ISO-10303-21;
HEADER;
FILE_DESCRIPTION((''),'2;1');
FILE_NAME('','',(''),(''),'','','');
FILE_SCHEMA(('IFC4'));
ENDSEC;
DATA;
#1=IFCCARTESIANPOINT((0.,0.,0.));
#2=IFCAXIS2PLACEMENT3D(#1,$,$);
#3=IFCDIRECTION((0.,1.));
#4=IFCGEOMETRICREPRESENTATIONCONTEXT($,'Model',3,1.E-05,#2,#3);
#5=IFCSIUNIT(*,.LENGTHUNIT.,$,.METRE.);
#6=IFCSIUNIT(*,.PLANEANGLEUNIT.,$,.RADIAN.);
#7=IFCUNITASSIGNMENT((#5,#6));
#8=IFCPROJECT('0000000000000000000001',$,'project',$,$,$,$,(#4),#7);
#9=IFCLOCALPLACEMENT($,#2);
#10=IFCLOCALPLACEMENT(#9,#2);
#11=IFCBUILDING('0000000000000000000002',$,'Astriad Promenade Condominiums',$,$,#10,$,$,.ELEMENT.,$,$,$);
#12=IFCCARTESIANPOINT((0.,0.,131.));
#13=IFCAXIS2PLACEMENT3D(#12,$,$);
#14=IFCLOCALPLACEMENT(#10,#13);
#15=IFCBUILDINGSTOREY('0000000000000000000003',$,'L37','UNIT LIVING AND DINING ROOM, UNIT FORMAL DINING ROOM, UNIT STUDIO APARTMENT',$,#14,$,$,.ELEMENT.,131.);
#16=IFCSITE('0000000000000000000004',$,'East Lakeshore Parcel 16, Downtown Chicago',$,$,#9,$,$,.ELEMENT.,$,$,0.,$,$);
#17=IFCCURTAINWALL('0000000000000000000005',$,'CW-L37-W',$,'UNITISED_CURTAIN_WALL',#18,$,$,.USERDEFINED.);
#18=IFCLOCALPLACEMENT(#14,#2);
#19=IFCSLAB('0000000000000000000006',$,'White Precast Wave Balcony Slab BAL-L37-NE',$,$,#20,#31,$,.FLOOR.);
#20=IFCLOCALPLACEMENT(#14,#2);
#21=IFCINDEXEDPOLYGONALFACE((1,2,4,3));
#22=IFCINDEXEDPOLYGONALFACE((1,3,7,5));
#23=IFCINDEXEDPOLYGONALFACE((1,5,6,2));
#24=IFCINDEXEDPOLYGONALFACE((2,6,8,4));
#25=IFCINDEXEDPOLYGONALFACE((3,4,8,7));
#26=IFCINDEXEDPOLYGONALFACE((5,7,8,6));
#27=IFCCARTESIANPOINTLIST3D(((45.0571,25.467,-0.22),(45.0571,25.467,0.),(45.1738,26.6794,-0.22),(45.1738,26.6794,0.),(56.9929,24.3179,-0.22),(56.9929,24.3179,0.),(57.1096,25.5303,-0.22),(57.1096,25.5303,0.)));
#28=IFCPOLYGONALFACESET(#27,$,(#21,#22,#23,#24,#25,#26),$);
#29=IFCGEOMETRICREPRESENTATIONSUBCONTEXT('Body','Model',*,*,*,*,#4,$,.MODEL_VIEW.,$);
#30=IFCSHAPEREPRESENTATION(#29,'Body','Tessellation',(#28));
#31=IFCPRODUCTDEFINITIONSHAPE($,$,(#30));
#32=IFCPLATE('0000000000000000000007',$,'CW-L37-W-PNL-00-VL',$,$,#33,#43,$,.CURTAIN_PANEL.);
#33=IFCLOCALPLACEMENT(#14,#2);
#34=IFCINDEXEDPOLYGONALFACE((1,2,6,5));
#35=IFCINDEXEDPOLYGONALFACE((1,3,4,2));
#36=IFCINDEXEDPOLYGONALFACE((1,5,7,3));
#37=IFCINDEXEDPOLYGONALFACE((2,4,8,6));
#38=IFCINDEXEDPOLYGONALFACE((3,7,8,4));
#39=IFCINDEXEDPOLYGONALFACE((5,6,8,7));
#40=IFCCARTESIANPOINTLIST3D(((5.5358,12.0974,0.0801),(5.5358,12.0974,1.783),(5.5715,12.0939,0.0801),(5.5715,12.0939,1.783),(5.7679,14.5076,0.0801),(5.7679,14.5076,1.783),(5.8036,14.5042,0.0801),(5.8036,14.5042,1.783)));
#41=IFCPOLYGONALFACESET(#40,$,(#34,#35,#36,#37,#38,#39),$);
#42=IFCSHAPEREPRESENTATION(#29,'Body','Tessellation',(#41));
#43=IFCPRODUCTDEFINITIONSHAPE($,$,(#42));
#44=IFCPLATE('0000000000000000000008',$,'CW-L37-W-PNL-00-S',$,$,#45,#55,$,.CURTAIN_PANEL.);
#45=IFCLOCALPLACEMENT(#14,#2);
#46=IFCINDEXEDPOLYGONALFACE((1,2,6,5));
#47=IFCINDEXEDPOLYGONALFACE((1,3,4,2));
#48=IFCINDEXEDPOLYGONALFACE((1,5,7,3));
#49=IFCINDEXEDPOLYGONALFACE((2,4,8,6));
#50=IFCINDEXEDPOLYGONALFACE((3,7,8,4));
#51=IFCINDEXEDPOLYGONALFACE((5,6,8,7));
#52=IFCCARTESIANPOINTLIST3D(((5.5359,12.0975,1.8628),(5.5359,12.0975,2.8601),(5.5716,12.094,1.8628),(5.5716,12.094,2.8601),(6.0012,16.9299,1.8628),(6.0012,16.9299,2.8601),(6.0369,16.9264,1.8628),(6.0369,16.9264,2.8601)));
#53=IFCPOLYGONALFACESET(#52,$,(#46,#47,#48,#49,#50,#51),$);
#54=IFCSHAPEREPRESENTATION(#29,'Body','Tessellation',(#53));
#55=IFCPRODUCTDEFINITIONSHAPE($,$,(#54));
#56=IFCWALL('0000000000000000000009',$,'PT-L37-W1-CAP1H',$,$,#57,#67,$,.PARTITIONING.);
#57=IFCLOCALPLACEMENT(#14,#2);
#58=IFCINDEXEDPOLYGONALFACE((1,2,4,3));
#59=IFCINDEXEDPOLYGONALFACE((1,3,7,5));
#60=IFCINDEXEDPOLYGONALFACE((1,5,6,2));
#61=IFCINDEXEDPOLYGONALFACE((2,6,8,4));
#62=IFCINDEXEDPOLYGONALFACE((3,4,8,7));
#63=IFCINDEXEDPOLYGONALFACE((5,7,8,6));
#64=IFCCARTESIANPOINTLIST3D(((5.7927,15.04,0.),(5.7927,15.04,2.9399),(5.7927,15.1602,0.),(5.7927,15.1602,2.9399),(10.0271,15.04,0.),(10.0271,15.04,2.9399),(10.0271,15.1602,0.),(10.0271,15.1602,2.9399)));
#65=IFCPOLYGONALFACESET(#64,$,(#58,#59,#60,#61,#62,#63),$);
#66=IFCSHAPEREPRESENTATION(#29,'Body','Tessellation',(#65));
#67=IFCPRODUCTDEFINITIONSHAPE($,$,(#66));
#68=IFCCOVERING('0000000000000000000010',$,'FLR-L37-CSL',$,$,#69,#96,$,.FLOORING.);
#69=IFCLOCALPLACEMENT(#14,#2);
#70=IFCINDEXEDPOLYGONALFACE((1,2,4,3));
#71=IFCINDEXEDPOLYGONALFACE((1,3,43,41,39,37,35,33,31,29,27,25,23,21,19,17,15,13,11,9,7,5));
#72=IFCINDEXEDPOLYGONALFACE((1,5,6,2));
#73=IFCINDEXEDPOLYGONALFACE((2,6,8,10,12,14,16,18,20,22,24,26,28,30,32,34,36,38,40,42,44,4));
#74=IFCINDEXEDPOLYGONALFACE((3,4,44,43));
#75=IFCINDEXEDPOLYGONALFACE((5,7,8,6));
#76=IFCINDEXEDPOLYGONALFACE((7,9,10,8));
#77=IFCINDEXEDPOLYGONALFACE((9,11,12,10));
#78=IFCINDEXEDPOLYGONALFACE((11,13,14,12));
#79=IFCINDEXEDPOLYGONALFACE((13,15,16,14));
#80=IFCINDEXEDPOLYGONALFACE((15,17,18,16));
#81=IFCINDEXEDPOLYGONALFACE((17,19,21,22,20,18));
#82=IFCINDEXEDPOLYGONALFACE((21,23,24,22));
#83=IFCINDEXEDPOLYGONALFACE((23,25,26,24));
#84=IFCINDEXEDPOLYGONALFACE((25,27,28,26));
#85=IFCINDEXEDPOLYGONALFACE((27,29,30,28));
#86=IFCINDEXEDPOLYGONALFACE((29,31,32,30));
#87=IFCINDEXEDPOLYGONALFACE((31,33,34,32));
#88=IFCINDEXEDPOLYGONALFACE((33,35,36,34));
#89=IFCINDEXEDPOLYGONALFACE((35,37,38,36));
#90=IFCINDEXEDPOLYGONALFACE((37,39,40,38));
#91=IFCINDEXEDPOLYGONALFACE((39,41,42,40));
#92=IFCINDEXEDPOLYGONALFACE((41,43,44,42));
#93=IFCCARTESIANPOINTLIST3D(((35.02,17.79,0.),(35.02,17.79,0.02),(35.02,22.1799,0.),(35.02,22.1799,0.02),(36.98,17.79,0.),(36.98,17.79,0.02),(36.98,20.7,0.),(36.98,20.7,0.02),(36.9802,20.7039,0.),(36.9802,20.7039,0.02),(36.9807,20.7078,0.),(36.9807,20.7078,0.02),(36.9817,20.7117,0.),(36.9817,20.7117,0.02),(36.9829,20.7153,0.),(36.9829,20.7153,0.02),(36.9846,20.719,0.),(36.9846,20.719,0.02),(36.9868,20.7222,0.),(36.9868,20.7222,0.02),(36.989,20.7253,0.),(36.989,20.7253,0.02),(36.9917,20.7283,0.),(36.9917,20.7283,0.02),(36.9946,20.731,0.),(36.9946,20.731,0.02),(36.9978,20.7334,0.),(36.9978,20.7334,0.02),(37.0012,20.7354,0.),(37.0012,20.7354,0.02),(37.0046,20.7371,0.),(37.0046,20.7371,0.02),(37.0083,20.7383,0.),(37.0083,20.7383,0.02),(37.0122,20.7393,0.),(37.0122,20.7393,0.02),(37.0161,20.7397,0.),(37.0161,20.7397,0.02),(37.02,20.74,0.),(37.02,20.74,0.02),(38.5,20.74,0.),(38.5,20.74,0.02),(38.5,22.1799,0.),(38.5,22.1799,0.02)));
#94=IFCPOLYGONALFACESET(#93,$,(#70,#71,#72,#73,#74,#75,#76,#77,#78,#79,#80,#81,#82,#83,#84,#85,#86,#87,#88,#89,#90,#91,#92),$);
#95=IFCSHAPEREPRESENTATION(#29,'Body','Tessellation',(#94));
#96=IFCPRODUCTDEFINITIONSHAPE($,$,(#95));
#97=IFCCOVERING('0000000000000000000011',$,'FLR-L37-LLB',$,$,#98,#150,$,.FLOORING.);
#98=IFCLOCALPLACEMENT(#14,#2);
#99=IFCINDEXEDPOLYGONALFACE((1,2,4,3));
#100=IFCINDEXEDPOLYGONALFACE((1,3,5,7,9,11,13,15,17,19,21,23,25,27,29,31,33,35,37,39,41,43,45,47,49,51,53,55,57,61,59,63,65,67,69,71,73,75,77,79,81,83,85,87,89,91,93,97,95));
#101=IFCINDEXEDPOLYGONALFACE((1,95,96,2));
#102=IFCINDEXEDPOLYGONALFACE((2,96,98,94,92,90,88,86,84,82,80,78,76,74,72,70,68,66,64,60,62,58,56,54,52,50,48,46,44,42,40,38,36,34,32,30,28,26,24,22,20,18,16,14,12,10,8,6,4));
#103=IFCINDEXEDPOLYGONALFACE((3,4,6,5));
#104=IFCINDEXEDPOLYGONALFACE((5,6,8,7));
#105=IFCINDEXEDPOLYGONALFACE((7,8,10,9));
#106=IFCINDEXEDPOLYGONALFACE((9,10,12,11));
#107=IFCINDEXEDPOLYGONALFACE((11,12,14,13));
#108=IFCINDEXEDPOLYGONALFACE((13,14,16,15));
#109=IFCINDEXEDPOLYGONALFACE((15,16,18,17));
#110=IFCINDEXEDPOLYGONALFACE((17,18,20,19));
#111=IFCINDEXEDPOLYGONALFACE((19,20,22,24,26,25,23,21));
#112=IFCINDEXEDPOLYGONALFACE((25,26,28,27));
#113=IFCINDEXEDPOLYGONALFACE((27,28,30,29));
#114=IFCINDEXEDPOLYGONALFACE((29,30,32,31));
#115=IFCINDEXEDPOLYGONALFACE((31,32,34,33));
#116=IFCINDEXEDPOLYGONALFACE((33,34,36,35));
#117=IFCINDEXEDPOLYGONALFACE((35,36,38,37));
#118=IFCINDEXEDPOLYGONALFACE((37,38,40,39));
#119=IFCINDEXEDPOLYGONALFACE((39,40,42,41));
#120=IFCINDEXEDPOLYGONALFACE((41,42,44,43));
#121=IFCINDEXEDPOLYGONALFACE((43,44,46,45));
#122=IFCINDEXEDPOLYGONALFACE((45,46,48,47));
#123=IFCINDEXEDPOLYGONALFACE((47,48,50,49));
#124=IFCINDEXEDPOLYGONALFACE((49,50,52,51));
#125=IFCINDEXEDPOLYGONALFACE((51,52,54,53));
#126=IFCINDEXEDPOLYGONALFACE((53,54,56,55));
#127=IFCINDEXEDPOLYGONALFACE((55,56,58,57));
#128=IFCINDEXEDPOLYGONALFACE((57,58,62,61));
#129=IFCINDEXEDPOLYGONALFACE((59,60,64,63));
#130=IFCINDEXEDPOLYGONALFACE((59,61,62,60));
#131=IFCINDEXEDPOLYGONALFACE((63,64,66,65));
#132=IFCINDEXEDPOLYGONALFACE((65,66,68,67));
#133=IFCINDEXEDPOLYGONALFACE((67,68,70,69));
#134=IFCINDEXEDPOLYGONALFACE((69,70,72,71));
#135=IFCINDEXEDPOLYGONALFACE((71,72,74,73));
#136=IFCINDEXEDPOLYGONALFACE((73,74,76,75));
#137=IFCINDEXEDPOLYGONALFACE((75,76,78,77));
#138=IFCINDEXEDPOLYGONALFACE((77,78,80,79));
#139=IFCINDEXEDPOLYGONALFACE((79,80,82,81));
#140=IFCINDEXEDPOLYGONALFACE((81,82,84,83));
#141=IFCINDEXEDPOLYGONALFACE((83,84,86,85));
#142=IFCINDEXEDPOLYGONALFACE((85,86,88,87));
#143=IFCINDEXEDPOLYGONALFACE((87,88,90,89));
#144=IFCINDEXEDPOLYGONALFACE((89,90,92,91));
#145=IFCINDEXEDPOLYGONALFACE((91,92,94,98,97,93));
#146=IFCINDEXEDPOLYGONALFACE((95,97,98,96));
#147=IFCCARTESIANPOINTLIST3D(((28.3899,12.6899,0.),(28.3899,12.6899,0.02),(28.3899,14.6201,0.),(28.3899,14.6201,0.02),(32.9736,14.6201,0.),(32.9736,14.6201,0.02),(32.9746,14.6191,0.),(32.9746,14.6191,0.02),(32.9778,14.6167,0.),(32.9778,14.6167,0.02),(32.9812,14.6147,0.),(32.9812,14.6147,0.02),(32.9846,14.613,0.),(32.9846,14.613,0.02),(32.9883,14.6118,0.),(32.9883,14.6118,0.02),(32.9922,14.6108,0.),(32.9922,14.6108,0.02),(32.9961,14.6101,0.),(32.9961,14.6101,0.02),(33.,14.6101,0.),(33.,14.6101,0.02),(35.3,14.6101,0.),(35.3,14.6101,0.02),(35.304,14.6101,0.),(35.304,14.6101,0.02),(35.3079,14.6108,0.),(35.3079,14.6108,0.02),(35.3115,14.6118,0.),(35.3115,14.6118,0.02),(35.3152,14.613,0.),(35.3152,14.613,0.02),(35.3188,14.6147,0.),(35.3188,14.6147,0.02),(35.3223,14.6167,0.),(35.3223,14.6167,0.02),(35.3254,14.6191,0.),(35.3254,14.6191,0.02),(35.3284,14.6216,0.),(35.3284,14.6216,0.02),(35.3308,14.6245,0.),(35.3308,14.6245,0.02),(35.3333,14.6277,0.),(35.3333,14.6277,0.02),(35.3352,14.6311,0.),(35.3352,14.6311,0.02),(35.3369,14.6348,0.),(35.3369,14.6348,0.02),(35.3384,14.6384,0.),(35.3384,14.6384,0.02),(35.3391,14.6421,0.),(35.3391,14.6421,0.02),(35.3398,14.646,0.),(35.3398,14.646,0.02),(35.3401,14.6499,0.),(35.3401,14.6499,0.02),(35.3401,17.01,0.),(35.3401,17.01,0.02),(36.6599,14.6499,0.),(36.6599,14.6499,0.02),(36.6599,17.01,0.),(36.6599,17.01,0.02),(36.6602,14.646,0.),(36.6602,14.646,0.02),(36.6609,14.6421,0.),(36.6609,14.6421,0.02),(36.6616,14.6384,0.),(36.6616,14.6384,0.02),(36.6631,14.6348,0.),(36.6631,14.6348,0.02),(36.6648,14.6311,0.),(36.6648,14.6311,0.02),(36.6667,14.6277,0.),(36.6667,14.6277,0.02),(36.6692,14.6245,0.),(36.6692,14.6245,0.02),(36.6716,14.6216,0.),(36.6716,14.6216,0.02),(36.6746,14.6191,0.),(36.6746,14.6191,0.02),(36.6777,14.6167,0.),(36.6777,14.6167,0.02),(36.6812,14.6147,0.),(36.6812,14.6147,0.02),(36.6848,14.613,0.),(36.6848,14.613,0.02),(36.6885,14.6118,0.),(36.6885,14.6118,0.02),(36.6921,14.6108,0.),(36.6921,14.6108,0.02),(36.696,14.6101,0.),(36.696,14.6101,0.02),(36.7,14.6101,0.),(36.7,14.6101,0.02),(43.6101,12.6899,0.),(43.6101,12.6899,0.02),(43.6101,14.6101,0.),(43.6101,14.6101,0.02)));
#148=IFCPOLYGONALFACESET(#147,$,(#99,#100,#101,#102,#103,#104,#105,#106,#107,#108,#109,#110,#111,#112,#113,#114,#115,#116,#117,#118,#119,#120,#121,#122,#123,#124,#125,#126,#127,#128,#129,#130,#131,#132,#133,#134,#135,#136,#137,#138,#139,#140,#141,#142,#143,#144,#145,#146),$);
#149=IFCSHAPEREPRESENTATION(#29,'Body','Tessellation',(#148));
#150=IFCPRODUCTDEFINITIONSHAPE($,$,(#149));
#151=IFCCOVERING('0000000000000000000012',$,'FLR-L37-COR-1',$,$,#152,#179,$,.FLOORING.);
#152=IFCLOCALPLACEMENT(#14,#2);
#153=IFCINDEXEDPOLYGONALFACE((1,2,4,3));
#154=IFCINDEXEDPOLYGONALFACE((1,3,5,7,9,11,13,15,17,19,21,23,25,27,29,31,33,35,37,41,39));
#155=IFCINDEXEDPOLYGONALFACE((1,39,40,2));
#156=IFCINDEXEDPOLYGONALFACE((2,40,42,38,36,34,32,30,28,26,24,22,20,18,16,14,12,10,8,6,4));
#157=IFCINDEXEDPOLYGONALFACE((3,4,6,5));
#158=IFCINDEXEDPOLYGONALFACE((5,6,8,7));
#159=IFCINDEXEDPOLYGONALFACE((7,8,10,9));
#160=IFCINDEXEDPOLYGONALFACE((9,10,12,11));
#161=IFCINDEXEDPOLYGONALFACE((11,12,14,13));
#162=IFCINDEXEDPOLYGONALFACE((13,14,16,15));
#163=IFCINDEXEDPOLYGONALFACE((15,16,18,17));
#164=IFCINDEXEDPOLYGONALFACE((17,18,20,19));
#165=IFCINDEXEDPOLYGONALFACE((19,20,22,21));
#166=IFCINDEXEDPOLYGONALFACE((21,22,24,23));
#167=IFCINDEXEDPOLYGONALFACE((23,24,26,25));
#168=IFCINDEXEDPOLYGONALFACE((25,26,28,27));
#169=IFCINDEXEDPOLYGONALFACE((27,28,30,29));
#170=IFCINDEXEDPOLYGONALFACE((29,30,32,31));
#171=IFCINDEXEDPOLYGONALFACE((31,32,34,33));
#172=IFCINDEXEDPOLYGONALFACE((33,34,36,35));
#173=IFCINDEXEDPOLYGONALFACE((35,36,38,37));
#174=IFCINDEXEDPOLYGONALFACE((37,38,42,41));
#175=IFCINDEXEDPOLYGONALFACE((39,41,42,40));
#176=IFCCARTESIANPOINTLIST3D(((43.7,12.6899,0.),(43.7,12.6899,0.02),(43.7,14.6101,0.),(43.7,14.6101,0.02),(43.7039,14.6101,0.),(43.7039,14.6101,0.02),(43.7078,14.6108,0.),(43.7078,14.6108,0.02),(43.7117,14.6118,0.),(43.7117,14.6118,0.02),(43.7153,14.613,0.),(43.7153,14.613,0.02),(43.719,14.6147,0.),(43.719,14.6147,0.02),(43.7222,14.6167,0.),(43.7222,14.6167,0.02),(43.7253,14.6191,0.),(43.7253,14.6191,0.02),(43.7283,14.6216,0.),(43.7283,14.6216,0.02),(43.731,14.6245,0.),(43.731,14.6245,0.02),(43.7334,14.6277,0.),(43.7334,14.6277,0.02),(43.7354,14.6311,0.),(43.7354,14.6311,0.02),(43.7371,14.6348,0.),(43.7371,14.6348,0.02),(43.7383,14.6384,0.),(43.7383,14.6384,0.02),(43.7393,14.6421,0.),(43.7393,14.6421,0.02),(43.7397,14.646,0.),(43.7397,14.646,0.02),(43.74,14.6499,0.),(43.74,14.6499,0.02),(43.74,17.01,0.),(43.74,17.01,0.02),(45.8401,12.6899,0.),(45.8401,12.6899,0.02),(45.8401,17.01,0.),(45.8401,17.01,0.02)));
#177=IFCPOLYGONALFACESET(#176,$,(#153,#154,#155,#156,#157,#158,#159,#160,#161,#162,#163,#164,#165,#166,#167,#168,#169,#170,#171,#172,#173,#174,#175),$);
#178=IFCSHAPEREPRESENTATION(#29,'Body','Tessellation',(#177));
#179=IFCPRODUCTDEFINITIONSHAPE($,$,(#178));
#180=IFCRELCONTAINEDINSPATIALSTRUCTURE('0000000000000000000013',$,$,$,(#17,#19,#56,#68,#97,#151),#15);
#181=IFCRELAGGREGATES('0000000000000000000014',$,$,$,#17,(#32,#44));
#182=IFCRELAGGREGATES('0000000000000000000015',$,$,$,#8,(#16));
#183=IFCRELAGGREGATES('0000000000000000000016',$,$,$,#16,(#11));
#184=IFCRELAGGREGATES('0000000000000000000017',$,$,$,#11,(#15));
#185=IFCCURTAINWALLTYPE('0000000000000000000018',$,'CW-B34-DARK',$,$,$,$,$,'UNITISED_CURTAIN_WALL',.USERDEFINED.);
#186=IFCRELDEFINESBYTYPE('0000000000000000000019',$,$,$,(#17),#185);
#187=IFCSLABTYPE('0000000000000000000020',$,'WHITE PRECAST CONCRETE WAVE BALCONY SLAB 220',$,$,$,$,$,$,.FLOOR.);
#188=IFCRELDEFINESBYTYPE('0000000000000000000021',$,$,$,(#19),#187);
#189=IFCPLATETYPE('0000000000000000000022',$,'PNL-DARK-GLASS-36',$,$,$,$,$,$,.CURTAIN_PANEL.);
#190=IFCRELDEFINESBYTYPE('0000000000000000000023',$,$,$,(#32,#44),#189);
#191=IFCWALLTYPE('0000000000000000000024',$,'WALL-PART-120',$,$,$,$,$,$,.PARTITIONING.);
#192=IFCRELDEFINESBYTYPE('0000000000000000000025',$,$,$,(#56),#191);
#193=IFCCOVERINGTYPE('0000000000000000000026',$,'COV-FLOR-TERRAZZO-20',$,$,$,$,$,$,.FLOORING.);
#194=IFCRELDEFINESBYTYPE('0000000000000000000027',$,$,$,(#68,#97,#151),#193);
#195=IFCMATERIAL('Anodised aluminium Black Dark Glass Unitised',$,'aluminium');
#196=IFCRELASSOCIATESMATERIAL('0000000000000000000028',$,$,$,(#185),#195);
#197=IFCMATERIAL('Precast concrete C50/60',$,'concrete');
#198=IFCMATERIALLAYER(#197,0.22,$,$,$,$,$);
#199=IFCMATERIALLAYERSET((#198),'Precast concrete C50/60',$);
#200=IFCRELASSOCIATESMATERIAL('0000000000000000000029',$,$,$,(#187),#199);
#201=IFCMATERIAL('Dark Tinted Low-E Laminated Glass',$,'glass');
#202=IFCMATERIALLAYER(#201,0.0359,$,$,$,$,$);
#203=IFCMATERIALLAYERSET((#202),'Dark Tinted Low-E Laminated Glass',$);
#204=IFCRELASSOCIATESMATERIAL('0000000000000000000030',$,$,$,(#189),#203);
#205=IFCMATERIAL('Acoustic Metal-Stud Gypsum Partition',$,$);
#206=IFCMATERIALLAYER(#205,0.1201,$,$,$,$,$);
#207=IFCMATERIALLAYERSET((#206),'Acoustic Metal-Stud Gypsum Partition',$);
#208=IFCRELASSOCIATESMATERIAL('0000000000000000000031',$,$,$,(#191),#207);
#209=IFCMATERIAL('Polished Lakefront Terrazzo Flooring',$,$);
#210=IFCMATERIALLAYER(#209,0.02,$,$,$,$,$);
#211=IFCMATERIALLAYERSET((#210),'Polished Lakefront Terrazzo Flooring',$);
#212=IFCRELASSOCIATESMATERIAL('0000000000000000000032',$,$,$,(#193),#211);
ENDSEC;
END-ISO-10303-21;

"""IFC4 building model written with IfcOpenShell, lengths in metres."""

from ifc_helpers import new_model, si_unit, direction, frame, frame_2d, origin, origin_2d, place, context, subcontext, project, spatial, polyline, rectangle, outline, extrude, source, transform, mapped, material, layer, layer_set, type_object, type_shapes, element, aggregate, save


model = new_model("IFC4")

# Units and contexts
model_context = context("Model", 3, precision=1e-05, world=origin(), true_north=direction((0.0, 1.0)))
body_context = subcontext(model_context, "Body", "Model", "MODEL_VIEW")
ifc_project = project(units=[si_unit("LENGTHUNIT", "METRE"), si_unit("PLANEANGLEUNIT", "RADIAN")], contexts=[model_context])

# Site, building, storey
site_placement = place(None, origin())
site = spatial("IfcSite", under=ifc_project, at=site_placement, Name="East Lakeshore Parcel 16, Downtown Chicago", CompositionType="ELEMENT", RefElevation=0.0)
building_placement = place(site_placement, origin())
building = spatial("IfcBuilding", under=site, at=building_placement, Name="Astriad Promenade Condominiums", CompositionType="ELEMENT")
storey_placement = place(building_placement, frame((0.0, 0.0, 131.0)))
storey = spatial("IfcBuildingStorey", under=building, at=storey_placement, Name="L37", Description="UNIT LIVING AND DINING ROOM, UNIT FORMAL DINING ROOM, UNIT STUDIO APARTMENT", CompositionType="ELEMENT", Elevation=131.0)

# Curtain wall
ifc_material_1 = material(Name="Anodised aluminium Black Dark Glass Unitised", Category="aluminium")
curtain_wall_type = type_object("IfcCurtainWallType", Name="CW-B34-DARK", ElementType="UNITISED_CURTAIN_WALL", PredefinedType="USERDEFINED", material=ifc_material_1)
curtain_wall_placement = place(storey_placement, origin())
curtain_wall = element("IfcCurtainWall", 1, at=curtain_wall_placement, inside=storey, type_object=curtain_wall_type, Name="CW-L37-W", ObjectType="UNITISED_CURTAIN_WALL", PredefinedType="USERDEFINED")

# Slab
ifc_material_2 = material(Name="Precast concrete C50/60", Category="concrete")
ifc_layer_1 = layer(ifc_material_2, 0.22)
ifc_layer_set_1 = layer_set([ifc_layer_1], Name="Precast concrete C50/60")
slab_type_1 = type_object("IfcSlabType", Name="WHITE PRECAST CONCRETE WAVE BALCONY SLAB 220", PredefinedType="FLOOR", material=ifc_layer_set_1)
slab_1_placement = place(storey_placement, frame((0.0, 0.0, -0.22)))
element("IfcSlab", 2, at=slab_1_placement, inside=storey, type_object=slab_type_1, Name="White Precast Wave Balcony Slab BAL-L37-NE", PredefinedType="FLOOR", context=body_context, shape_type="SweptSolid", body=[
    extrude(outline(polyline([(45.1738, 26.6794), (57.1096, 25.5303), (56.9929, 24.3179), (45.0571, 25.467), (45.1738, 26.6794)])), origin(), (0.0, 0.0, 1.0), 0.22),
])

# Plates
ifc_material_3 = material(Name="Dark Tinted Low-E Laminated Glass", Category="glass")
ifc_layer_2 = layer(ifc_material_3, 0.0359)
ifc_layer_set_2 = layer_set([ifc_layer_2], Name="Dark Tinted Low-E Laminated Glass")
plate_type = type_object("IfcPlateType", Name="PNL-DARK-GLASS-36", PredefinedType="CURTAIN_PANEL", material=ifc_layer_set_2)
shared_shape_1 = source(origin(), body_context, "Body", "SweptSolid", [
    extrude(rectangle(XDim=2.4214, YDim=0.0359, at=origin_2d()), origin(), (0.0, 0.0, 1.0), 1.7029),
])
plate_1_placement = place(storey_placement, frame((5.6697, 13.3008, 0.0801), z_axis=(0.0, 0.0, 1.0), x_axis=(0.095846, 0.995396, 0.0)))
plate_1 = element("IfcPlate", 3, at=plate_1_placement, type_object=plate_type, Name="CW-L37-W-PNL-00-VL", PredefinedType="CURTAIN_PANEL", context=body_context, shape_type="MappedRepresentation", body=[
    mapped(shared_shape_1, transform((0.0, 0.0, 0.0), scale=1.0)),
])
shared_shape_2 = source(origin(), body_context, "Body", "SweptSolid", [
    extrude(rectangle(XDim=4.8547, YDim=0.0359, at=origin_2d()), origin(), (0.0, 0.0, 1.0), 0.9973),
])
type_shapes(plate_type, [shared_shape_1, shared_shape_2])
plate_2_placement = place(storey_placement, frame((5.7864, 14.512, 1.8628), z_axis=(0.0, 0.0, 1.0), x_axis=(0.095846, 0.995396, 0.0)))
plate_2 = element("IfcPlate", 4, at=plate_2_placement, type_object=plate_type, Name="CW-L37-W-PNL-00-S", PredefinedType="CURTAIN_PANEL", context=body_context, shape_type="MappedRepresentation", body=[
    mapped(shared_shape_2, transform((0.0, 0.0, 0.0), scale=1.0)),
])
aggregate(curtain_wall, [plate_1, plate_2])

# Wall
ifc_material_4 = material(Name="Acoustic Metal-Stud Gypsum Partition")
ifc_layer_3 = layer(ifc_material_4, 0.1201)
ifc_layer_set_3 = layer_set([ifc_layer_3], Name="Acoustic Metal-Stud Gypsum Partition")
wall_type = type_object("IfcWallType", Name="WALL-PART-120", PredefinedType="PARTITIONING", material=ifc_layer_set_3)
wall_placement = place(storey_placement, frame((5.7927, 15.1001, 0.0), z_axis=(0.0, 0.0, 1.0), x_axis=(1.0, 0.0, 0.0)))
element("IfcWall", 5, at=wall_placement, inside=storey, type_object=wall_type, Name="PT-L37-W1-CAP1H", PredefinedType="PARTITIONING", context=body_context, shape_type="SweptSolid", body=[
    extrude(rectangle(XDim=4.2344, YDim=0.1201, at=frame_2d((2.1172, 0.0))), origin(), (0.0, 0.0, 1.0), 2.9399),
])

# Coverings
ifc_material_5 = material(Name="Polished Lakefront Terrazzo Flooring")
ifc_layer_4 = layer(ifc_material_5, 0.02)
ifc_layer_set_4 = layer_set([ifc_layer_4], Name="Polished Lakefront Terrazzo Flooring")
covering_type = type_object("IfcCoveringType", Name="COV-FLOR-TERRAZZO-20", PredefinedType="FLOORING", material=ifc_layer_set_4)
covering_1_placement = place(storey_placement, origin())
element("IfcCovering", 6, at=covering_1_placement, inside=storey, type_object=covering_type, Name="FLR-L37-CSL", PredefinedType="FLOORING", context=body_context, shape_type="SweptSolid", body=[
    extrude(outline(polyline([(36.98, 20.7), (36.98, 17.79), (35.02, 17.79), (35.02, 22.1799), (38.5, 22.1799), (38.5, 20.74), (37.02, 20.74), (37.0161, 20.7397), (37.0122, 20.7393), (37.0083, 20.7383), (37.0046, 20.7371), (37.0012, 20.7354), (36.9978, 20.7334), (36.9946, 20.731), (36.9917, 20.7283), (36.989, 20.7253), (36.9868, 20.7222), (36.9846, 20.719), (36.9829, 20.7153), (36.9817, 20.7117), (36.9807, 20.7078), (36.9802, 20.7039), (36.98, 20.7)])), origin(), (0.0, 0.0, 1.0), 0.02),
])
covering_2_placement = place(storey_placement, origin())
element("IfcCovering", 7, at=covering_2_placement, inside=storey, type_object=covering_type, Name="FLR-L37-LLB", PredefinedType="FLOORING", context=body_context, shape_type="SweptSolid", body=[
    extrude(outline(polyline([(32.9736, 14.6201), (32.9746, 14.6191), (32.9778, 14.6167), (32.9812, 14.6147), (32.9846, 14.613), (32.9883, 14.6118), (32.9922, 14.6108), (32.9961, 14.6101), (33.0, 14.6101), (35.3, 14.6101), (35.304, 14.6101), (35.3079, 14.6108), (35.3115, 14.6118), (35.3152, 14.613), (35.3188, 14.6147), (35.3223, 14.6167), (35.3254, 14.6191), (35.3284, 14.6216), (35.3308, 14.6245), (35.3333, 14.6277), (35.3352, 14.6311), (35.3369, 14.6348), (35.3384, 14.6384), (35.3391, 14.6421), (35.3398, 14.646), (35.3401, 14.6499), (35.3401, 17.01), (36.6599, 17.01), (36.6599, 14.6499), (36.6602, 14.646), (36.6609, 14.6421), (36.6616, 14.6384), (36.6631, 14.6348), (36.6648, 14.6311), (36.6667, 14.6277), (36.6692, 14.6245), (36.6716, 14.6216), (36.6746, 14.6191), (36.6777, 14.6167), (36.6812, 14.6147), (36.6848, 14.613), (36.6885, 14.6118), (36.6921, 14.6108), (36.696, 14.6101), (36.7, 14.6101), (43.6101, 14.6101), (43.6101, 12.6899), (28.3899, 12.6899), (28.3899, 14.6201), (32.9736, 14.6201)])), origin(), (0.0, 0.0, 1.0), 0.02),
])
covering_3_placement = place(storey_placement, origin())
element("IfcCovering", 8, at=covering_3_placement, inside=storey, type_object=covering_type, Name="FLR-L37-COR-1", PredefinedType="FLOORING", context=body_context, shape_type="SweptSolid", body=[
    extrude(outline(polyline([(43.7, 12.6899), (43.7, 14.6101), (43.7039, 14.6101), (43.7078, 14.6108), (43.7117, 14.6118), (43.7153, 14.613), (43.719, 14.6147), (43.7222, 14.6167), (43.7253, 14.6191), (43.7283, 14.6216), (43.731, 14.6245), (43.7334, 14.6277), (43.7354, 14.6311), (43.7371, 14.6348), (43.7383, 14.6384), (43.7393, 14.6421), (43.7397, 14.646), (43.74, 14.6499), (43.74, 17.01), (45.8401, 17.01), (45.8401, 12.6899), (43.7, 12.6899)])), origin(), (0.0, 0.0, 1.0), 0.02),
])

save(model, "model.ifc")
